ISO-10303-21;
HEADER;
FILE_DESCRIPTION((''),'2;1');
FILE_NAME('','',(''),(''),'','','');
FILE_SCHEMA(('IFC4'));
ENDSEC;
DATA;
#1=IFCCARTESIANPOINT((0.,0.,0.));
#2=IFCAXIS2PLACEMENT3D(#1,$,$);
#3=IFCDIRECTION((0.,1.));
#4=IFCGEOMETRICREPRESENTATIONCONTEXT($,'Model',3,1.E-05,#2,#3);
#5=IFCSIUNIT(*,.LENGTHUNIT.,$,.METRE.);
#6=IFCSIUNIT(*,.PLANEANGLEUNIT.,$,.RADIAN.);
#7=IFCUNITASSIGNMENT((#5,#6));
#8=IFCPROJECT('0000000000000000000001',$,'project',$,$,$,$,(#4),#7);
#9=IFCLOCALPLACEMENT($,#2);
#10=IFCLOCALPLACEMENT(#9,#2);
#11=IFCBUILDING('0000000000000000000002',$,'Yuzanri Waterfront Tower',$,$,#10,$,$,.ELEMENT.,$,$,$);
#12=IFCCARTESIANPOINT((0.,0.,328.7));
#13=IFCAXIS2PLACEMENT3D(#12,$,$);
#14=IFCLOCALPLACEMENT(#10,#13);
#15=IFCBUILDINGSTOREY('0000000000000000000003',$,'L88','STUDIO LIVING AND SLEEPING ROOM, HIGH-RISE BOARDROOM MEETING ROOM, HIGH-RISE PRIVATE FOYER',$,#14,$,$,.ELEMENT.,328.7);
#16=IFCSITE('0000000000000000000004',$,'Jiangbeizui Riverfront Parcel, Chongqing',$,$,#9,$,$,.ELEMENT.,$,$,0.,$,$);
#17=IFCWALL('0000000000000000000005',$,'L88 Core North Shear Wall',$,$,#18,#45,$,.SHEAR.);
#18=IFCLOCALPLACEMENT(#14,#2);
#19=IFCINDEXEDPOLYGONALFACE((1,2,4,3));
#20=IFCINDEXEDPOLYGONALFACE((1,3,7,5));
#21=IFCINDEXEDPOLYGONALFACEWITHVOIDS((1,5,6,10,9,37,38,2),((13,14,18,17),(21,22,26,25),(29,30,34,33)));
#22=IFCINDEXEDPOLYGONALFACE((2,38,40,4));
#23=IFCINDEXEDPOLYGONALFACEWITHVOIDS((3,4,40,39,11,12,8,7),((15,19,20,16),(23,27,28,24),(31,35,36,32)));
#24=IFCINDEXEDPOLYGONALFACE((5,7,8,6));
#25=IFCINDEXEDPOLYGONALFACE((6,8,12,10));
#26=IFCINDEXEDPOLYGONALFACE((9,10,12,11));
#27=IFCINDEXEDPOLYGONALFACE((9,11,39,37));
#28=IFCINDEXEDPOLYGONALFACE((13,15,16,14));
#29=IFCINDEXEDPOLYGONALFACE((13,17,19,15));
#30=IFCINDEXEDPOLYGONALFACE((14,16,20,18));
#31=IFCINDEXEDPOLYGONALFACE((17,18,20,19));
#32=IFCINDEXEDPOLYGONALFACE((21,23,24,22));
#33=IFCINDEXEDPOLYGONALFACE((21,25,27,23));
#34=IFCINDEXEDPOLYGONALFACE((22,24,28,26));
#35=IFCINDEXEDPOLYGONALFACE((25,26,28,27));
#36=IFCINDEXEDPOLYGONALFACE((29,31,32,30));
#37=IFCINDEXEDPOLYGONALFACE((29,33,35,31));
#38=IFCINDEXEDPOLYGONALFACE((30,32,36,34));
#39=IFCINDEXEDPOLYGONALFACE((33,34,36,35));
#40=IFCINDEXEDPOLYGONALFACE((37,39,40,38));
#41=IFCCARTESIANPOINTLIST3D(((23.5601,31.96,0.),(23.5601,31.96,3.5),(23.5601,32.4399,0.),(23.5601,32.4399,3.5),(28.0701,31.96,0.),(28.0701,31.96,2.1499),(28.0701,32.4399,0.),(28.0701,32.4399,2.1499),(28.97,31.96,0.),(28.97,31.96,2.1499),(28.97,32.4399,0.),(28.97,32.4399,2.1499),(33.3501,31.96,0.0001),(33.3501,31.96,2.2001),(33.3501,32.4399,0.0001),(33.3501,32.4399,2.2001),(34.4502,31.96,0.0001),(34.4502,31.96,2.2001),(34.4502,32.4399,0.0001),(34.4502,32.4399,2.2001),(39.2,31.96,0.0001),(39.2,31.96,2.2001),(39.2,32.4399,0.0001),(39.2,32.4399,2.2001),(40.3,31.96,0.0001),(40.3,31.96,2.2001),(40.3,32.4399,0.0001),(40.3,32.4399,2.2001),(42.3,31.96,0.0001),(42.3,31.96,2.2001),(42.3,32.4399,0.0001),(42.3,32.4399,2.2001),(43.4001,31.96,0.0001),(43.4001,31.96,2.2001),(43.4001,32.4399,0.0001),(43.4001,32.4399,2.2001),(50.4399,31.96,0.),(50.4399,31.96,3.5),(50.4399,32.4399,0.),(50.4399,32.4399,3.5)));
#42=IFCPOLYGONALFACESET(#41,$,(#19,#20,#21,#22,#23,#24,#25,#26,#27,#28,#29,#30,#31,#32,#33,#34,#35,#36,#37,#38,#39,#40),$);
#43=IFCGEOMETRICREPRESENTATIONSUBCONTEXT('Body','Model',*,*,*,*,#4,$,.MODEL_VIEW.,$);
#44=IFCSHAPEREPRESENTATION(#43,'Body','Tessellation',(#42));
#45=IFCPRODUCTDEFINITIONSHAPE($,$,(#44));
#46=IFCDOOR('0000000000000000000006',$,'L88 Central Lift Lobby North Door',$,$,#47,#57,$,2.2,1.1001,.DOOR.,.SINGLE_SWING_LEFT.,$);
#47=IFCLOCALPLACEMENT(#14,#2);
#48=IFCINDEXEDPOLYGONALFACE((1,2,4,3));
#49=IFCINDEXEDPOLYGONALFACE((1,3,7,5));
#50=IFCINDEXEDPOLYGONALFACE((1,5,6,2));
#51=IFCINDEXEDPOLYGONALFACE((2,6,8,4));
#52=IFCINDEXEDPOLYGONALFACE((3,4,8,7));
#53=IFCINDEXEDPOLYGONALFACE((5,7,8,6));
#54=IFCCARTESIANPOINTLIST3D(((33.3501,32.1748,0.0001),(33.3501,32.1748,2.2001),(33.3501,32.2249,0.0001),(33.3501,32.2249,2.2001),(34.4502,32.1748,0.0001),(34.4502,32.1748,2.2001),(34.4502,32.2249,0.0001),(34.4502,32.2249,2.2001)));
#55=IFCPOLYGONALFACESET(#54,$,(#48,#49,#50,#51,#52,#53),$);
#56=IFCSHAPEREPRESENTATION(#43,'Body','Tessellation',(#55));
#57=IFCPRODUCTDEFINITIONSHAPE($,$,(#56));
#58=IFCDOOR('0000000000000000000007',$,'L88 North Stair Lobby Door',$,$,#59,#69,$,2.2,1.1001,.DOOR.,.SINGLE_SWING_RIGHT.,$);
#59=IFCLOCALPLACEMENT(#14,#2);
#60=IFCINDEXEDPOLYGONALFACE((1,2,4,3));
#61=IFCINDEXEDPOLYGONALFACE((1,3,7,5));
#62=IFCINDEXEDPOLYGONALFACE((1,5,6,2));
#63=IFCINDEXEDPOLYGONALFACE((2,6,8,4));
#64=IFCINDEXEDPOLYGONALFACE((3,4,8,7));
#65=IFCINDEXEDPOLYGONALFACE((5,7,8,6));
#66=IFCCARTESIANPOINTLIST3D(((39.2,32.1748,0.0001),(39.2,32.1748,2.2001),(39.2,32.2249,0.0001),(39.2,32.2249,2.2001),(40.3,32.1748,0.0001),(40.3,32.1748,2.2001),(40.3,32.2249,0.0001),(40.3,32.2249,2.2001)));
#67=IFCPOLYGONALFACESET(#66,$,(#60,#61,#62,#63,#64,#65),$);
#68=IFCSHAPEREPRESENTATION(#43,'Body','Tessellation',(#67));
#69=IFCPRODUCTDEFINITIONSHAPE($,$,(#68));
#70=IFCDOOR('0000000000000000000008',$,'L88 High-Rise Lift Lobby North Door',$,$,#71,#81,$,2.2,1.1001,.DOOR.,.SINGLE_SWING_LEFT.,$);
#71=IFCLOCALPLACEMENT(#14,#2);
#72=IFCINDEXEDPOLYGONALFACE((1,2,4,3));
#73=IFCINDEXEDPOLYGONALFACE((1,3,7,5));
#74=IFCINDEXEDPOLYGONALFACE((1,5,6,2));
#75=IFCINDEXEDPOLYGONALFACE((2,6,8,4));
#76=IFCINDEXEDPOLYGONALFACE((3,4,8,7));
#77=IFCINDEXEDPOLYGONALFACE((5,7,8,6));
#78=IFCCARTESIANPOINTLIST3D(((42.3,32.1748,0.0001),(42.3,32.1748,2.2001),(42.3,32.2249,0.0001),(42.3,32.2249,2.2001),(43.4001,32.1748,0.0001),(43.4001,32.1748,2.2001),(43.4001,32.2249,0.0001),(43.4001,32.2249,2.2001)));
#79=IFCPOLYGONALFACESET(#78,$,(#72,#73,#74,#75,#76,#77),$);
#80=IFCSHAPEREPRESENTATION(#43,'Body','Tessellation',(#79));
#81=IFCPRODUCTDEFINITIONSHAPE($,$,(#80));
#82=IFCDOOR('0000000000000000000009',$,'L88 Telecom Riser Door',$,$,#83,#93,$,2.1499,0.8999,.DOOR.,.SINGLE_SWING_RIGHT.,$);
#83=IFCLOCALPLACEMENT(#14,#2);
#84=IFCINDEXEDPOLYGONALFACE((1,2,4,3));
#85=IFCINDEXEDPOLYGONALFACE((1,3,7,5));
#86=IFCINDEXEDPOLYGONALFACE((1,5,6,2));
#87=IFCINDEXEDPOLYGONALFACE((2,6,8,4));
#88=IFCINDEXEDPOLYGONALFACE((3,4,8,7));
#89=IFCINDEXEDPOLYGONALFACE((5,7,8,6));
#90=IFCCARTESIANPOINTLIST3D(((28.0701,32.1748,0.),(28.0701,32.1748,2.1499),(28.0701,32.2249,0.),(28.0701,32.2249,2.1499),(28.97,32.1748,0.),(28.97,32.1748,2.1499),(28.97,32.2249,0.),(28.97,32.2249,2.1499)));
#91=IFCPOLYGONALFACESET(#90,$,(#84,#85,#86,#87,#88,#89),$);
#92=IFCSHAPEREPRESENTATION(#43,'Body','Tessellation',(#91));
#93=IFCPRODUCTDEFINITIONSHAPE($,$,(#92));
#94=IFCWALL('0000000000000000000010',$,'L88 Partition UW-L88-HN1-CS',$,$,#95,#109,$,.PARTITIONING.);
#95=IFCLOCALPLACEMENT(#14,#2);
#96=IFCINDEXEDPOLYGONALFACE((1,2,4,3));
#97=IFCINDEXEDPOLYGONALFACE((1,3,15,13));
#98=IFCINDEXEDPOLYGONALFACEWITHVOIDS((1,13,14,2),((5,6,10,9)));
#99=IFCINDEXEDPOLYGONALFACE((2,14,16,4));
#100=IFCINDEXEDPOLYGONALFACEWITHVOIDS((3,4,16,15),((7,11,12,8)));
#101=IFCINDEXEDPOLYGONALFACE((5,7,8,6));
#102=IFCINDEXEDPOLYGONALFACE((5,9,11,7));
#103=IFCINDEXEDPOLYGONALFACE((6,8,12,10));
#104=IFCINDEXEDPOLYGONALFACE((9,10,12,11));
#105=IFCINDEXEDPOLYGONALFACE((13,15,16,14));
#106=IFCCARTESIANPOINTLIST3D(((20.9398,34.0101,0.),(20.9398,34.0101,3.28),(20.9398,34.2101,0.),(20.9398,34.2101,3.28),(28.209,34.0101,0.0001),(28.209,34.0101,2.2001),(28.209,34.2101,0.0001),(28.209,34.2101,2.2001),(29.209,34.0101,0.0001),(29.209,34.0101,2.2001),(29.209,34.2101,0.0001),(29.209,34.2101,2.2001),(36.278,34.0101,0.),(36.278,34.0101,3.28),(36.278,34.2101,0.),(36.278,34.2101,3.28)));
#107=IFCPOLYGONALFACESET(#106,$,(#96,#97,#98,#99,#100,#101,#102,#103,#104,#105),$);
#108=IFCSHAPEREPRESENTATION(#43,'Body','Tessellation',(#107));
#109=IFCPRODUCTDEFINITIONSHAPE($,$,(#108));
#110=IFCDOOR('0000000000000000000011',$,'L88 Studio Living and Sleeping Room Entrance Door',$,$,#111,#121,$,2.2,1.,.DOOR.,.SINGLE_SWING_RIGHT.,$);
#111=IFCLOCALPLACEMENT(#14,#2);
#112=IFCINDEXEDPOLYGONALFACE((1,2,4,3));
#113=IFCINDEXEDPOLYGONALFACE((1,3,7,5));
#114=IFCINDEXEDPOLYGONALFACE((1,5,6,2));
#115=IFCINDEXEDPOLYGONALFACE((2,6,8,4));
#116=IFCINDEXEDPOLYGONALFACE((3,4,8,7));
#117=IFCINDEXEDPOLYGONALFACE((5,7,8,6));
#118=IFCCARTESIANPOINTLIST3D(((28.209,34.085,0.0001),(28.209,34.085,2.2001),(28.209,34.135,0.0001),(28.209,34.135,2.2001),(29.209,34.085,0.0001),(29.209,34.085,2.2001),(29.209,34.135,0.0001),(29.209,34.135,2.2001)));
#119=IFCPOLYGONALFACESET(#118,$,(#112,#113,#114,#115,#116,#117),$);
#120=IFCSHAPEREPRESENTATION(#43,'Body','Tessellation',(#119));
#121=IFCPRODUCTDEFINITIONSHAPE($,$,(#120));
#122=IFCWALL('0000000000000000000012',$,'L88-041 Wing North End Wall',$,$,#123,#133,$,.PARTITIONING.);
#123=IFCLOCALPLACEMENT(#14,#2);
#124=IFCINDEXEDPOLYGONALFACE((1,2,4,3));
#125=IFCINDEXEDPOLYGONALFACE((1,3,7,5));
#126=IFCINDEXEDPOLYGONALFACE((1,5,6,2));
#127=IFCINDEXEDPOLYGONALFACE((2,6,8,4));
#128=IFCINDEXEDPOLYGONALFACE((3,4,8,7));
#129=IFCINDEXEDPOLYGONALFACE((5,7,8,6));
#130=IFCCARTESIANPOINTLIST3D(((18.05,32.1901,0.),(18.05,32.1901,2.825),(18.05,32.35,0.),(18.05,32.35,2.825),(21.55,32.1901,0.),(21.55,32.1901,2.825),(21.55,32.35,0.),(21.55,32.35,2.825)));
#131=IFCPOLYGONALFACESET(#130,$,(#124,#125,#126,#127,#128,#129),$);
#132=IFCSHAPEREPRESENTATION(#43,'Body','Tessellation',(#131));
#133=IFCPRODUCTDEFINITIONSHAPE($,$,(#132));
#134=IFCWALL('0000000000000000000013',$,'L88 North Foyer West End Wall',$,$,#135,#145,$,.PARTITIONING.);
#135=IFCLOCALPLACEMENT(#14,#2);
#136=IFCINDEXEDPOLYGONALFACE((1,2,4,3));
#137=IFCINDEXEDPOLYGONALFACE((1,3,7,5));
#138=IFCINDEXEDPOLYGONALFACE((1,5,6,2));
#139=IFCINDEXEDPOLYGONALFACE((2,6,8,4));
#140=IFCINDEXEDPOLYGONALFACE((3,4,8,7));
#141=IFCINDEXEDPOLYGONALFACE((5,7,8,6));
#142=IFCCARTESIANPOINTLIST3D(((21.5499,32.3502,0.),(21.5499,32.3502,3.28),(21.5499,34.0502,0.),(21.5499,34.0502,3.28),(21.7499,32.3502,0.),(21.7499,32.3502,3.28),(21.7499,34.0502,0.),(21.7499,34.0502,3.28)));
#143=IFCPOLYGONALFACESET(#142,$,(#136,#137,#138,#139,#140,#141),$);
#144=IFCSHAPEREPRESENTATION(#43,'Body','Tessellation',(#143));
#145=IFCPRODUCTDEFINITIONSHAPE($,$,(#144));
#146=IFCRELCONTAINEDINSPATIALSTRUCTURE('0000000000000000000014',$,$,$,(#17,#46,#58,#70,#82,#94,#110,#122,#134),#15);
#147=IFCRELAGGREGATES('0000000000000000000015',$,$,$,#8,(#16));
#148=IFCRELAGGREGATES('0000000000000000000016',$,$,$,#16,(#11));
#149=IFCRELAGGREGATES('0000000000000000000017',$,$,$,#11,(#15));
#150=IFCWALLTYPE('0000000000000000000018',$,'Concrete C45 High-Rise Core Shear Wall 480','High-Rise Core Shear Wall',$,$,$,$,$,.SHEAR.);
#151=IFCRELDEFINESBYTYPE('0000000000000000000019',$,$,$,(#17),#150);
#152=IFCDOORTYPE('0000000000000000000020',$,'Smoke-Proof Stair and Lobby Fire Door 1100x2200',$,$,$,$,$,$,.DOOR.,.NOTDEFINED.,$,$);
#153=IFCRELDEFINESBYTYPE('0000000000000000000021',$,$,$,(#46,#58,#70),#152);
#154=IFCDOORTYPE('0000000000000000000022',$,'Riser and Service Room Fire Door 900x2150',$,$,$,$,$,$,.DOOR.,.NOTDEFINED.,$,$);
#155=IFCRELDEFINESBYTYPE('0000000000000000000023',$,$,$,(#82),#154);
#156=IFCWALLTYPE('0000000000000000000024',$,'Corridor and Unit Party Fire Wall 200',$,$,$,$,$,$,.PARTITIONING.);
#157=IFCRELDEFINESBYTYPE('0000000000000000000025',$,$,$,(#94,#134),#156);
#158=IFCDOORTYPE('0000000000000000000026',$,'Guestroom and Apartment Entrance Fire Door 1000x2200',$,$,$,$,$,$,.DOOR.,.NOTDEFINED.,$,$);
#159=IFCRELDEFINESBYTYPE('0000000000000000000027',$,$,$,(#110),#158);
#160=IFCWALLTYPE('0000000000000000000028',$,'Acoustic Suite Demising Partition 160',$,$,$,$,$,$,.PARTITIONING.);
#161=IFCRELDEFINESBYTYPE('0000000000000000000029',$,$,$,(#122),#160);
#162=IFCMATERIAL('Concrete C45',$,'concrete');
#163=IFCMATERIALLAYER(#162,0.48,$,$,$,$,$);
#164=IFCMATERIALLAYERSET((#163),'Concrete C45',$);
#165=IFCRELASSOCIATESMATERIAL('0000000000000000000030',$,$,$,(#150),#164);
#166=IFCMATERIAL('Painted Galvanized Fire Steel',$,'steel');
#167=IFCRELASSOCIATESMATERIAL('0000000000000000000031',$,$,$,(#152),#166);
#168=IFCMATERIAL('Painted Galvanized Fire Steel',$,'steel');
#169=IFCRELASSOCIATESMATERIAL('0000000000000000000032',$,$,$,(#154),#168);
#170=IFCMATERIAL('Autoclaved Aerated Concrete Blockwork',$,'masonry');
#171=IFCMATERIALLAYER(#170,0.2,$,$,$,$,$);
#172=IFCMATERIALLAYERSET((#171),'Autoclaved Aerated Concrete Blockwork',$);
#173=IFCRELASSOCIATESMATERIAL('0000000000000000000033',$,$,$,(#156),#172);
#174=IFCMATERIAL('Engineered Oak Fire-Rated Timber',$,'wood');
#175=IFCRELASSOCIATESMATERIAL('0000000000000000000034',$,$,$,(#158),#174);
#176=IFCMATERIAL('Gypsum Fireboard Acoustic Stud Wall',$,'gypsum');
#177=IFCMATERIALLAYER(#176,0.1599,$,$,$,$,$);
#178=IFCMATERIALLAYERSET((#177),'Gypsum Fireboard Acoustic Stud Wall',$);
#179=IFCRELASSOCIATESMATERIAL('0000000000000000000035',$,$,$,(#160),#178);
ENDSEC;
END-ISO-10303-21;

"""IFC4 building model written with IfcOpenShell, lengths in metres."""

from ifc_helpers import new_model, si_unit, direction, frame, frame_2d, origin, place, context, subcontext, project, spatial, rectangle, extrude, source, transform, mapped, material, layer, layer_set, type_object, element, fill, save


model = new_model("IFC4")

# Units and contexts
model_context = context("Model", 3, precision=1e-05, world=origin(), true_north=direction((0.0, 1.0)))
body_context = subcontext(model_context, "Body", "Model", "MODEL_VIEW")
ifc_project = project(units=[si_unit("LENGTHUNIT", "METRE"), si_unit("PLANEANGLEUNIT", "RADIAN")], contexts=[model_context])

# Site, building, storey
site_placement = place(None, origin())
site = spatial("IfcSite", under=ifc_project, at=site_placement, Name="Jiangbeizui Riverfront Parcel, Chongqing", CompositionType="ELEMENT", RefElevation=0.0)
building_placement = place(site_placement, origin())
building = spatial("IfcBuilding", under=site, at=building_placement, Name="Yuzanri Waterfront Tower", CompositionType="ELEMENT")
storey_placement = place(building_placement, frame((0.0, 0.0, 328.7)))
storey = spatial("IfcBuildingStorey", under=building, at=storey_placement, Name="L88", Description="STUDIO LIVING AND SLEEPING ROOM, HIGH-RISE BOARDROOM MEETING ROOM, HIGH-RISE PRIVATE FOYER", CompositionType="ELEMENT", Elevation=328.7)

# Wall, openings, doors
ifc_material_1 = material(Name="Concrete C45", Category="concrete")
ifc_layer_1 = layer(ifc_material_1, 0.48)
ifc_layer_set_1 = layer_set([ifc_layer_1], Name="Concrete C45")
wall_type_1 = type_object("IfcWallType", Name="Concrete C45 High-Rise Core Shear Wall 480", Description="High-Rise Core Shear Wall", PredefinedType="SHEAR", material=ifc_layer_set_1)
wall_1_placement = place(storey_placement, frame((23.5601, 32.2, 0.0), z_axis=(0.0, 0.0, 1.0), x_axis=(1.0, 0.0, 0.0)))
wall_1 = element("IfcWall", 1, at=wall_1_placement, inside=storey, type_object=wall_type_1, Name="L88 Core North Shear Wall", PredefinedType="SHEAR", context=body_context, shape_type="SweptSolid", body=[
    extrude(rectangle(XDim=26.8799, YDim=0.48, at=frame_2d((13.4399, 0.0))), origin(), (0.0, 0.0, 1.0), 3.5),
])
opening_1_placement = place(wall_1_placement, frame((4.51, 0.0, 0.0)))
opening_1 = element("IfcOpeningElement", 2, at=opening_1_placement, cuts=wall_1, PredefinedType="OPENING", context=body_context, shape_type="SweptSolid", body=[
    extrude(rectangle(XDim=0.8999, YDim=2.1499, at=frame_2d((0.45, 1.075))), frame((0.0, 0.2549, 0.0), z_axis=(0.0, -1.0, 0.0), x_axis=(1.0, 0.0, 0.0)), (0.0, 0.0, 1.0), 0.5098),
])
opening_2_placement = place(wall_1_placement, frame((9.79, 0.0, 0.0)))
opening_2 = element("IfcOpeningElement", 3, at=opening_2_placement, cuts=wall_1, PredefinedType="OPENING", context=body_context, shape_type="SweptSolid", body=[
    extrude(rectangle(XDim=1.1001, YDim=2.2, at=frame_2d((0.55, 1.1001))), frame((0.0, 0.2549, 0.0), z_axis=(0.0, -1.0, 0.0), x_axis=(1.0, 0.0, 0.0)), (0.0, 0.0, 1.0), 0.5098),
])
opening_3_placement = place(wall_1_placement, frame((15.6399, 0.0, 0.0)))
opening_3 = element("IfcOpeningElement", 4, at=opening_3_placement, cuts=wall_1, PredefinedType="OPENING", context=body_context, shape_type="SweptSolid", body=[
    extrude(rectangle(XDim=1.1001, YDim=2.2, at=frame_2d((0.55, 1.1001))), frame((0.0, 0.2549, 0.0), z_axis=(0.0, -1.0, 0.0), x_axis=(1.0, 0.0, 0.0)), (0.0, 0.0, 1.0), 0.5098),
])
opening_4_placement = place(wall_1_placement, frame((18.74, 0.0, 0.0)))
opening_4 = element("IfcOpeningElement", 5, at=opening_4_placement, cuts=wall_1, PredefinedType="OPENING", context=body_context, shape_type="SweptSolid", body=[
    extrude(rectangle(XDim=1.1001, YDim=2.2, at=frame_2d((0.55, 1.1001))), frame((0.0, 0.2549, 0.0), z_axis=(0.0, -1.0, 0.0), x_axis=(1.0, 0.0, 0.0)), (0.0, 0.0, 1.0), 0.5098),
])
ifc_material_2 = material(Name="Painted Galvanized Fire Steel", Category="steel")
door_type_1 = type_object("IfcDoorType", Name="Smoke-Proof Stair and Lobby Fire Door 1100x2200", OperationType="NOTDEFINED", PredefinedType="DOOR", material=ifc_material_2)
shared_shape_1 = source(origin(), body_context, "Body", "SweptSolid", [
    extrude(rectangle(XDim=1.1001, YDim=2.2, at=frame_2d((0.55, 1.1001))), frame((0.0, 0.0249, 0.0), z_axis=(0.0, -1.0, 0.0), x_axis=(1.0, 0.0, 0.0)), (0.0, 0.0, 1.0), 0.05),
])
door_1_placement = place(opening_2_placement, origin())
door_1 = element("IfcDoor", 6, at=door_1_placement, inside=storey, type_object=door_type_1, Name="L88 Central Lift Lobby North Door", OperationType="SINGLE_SWING_LEFT", OverallHeight=2.2, OverallWidth=1.1001, PredefinedType="DOOR", context=body_context, shape_type="MappedRepresentation", body=[
    mapped(shared_shape_1, transform((0.0, 0.0, 0.0), scale=1.0)),
])
fill(opening_2, door_1)
door_2_placement = place(opening_3_placement, origin())
door_2 = element("IfcDoor", 7, at=door_2_placement, inside=storey, type_object=door_type_1, Name="L88 North Stair Lobby Door", OperationType="SINGLE_SWING_RIGHT", OverallHeight=2.2, OverallWidth=1.1001, PredefinedType="DOOR", context=body_context, shape_type="MappedRepresentation", body=[
    mapped(shared_shape_1, transform((0.0, 0.0, 0.0), scale=1.0)),
])
fill(opening_3, door_2)
door_3_placement = place(opening_4_placement, origin())
door_3 = element("IfcDoor", 8, at=door_3_placement, inside=storey, type_object=door_type_1, Name="L88 High-Rise Lift Lobby North Door", OperationType="SINGLE_SWING_LEFT", OverallHeight=2.2, OverallWidth=1.1001, PredefinedType="DOOR", context=body_context, shape_type="MappedRepresentation", body=[
    mapped(shared_shape_1, transform((0.0, 0.0, 0.0), scale=1.0)),
])
fill(opening_4, door_3)
ifc_material_3 = material(Name="Painted Galvanized Fire Steel", Category="steel")
door_type_2 = type_object("IfcDoorType", Name="Riser and Service Room Fire Door 900x2150", OperationType="NOTDEFINED", PredefinedType="DOOR", material=ifc_material_3)
shared_shape_2 = source(origin(), body_context, "Body", "SweptSolid", [
    extrude(rectangle(XDim=0.8999, YDim=2.1499, at=frame_2d((0.45, 1.075))), frame((0.0, 0.0249, 0.0), z_axis=(0.0, -1.0, 0.0), x_axis=(1.0, 0.0, 0.0)), (0.0, 0.0, 1.0), 0.05),
])
door_4_placement = place(opening_1_placement, origin())
door_4 = element("IfcDoor", 9, at=door_4_placement, inside=storey, type_object=door_type_2, Name="L88 Telecom Riser Door", OperationType="SINGLE_SWING_RIGHT", OverallHeight=2.1499, OverallWidth=0.8999, PredefinedType="DOOR", context=body_context, shape_type="MappedRepresentation", body=[
    mapped(shared_shape_2, transform((0.0, 0.0, 0.0), scale=1.0)),
])
fill(opening_1, door_4)

# Wall, opening, door
ifc_material_4 = material(Name="Autoclaved Aerated Concrete Blockwork", Category="masonry")
ifc_layer_2 = layer(ifc_material_4, 0.2)
ifc_layer_set_2 = layer_set([ifc_layer_2], Name="Autoclaved Aerated Concrete Blockwork")
wall_type_2 = type_object("IfcWallType", Name="Corridor and Unit Party Fire Wall 200", PredefinedType="PARTITIONING", material=ifc_layer_set_2)
wall_2_placement = place(storey_placement, frame((20.9399, 34.1101, 0.0), z_axis=(0.0, 0.0, 1.0), x_axis=(1.0, 0.0, 0.0)))
wall_2 = element("IfcWall", 10, at=wall_2_placement, inside=storey, type_object=wall_type_2, Name="L88 Partition UW-L88-HN1-CS", PredefinedType="PARTITIONING", context=body_context, shape_type="SweptSolid", body=[
    extrude(rectangle(XDim=15.3381, YDim=0.2, at=frame_2d((7.6689, 0.0))), origin(), (0.0, 0.0, 1.0), 3.28),
])
opening_5_placement = place(wall_2_placement, frame((7.269, 0.0, 0.0)))
opening_5 = element("IfcOpeningElement", 11, at=opening_5_placement, cuts=wall_2, PredefinedType="OPENING", context=body_context, shape_type="SweptSolid", body=[
    extrude(rectangle(XDim=1.0, YDim=2.2, at=frame_2d((0.5, 1.1001))), frame((0.0, 0.1147, 0.0), z_axis=(0.0, -1.0, 0.0), x_axis=(1.0, 0.0, 0.0)), (0.0, 0.0, 1.0), 0.2297),
])
ifc_material_5 = material(Name="Engineered Oak Fire-Rated Timber", Category="wood")
door_type_3 = type_object("IfcDoorType", Name="Guestroom and Apartment Entrance Fire Door 1000x2200", OperationType="NOTDEFINED", PredefinedType="DOOR", material=ifc_material_5)
shared_shape_3 = source(origin(), body_context, "Body", "SweptSolid", [
    extrude(rectangle(XDim=1.0, YDim=2.2, at=frame_2d((0.5, 1.1001))), frame((0.0, 0.0249, 0.0), z_axis=(0.0, -1.0, 0.0), x_axis=(1.0, 0.0, 0.0)), (0.0, 0.0, 1.0), 0.05),
])
door_5_placement = place(opening_5_placement, origin())
door_5 = element("IfcDoor", 12, at=door_5_placement, inside=storey, type_object=door_type_3, Name="L88 Studio Living and Sleeping Room Entrance Door", OperationType="SINGLE_SWING_RIGHT", OverallHeight=2.2, OverallWidth=1.0, PredefinedType="DOOR", context=body_context, shape_type="MappedRepresentation", body=[
    mapped(shared_shape_3, transform((0.0, 0.0, 0.0), scale=1.0)),
])
fill(opening_5, door_5)

# Walls
ifc_material_6 = material(Name="Gypsum Fireboard Acoustic Stud Wall", Category="gypsum")
ifc_layer_3 = layer(ifc_material_6, 0.1599)
ifc_layer_set_3 = layer_set([ifc_layer_3], Name="Gypsum Fireboard Acoustic Stud Wall")
wall_type_3 = type_object("IfcWallType", Name="Acoustic Suite Demising Partition 160", PredefinedType="PARTITIONING", material=ifc_layer_set_3)
shared_shape_4 = source(origin(), body_context, "Body", "SweptSolid", [
    extrude(rectangle(XDim=3.5, YDim=0.1599, at=frame_2d((1.75, 0.0))), origin(), (0.0, 0.0, 1.0), 2.825),
])
wall_3_placement = place(storey_placement, frame((18.05, 32.27, 0.0), z_axis=(0.0, 0.0, 1.0), x_axis=(1.0, 0.0, 0.0)))
element("IfcWall", 13, at=wall_3_placement, inside=storey, type_object=wall_type_3, Name="L88-041 Wing North End Wall", PredefinedType="PARTITIONING", context=body_context, shape_type="MappedRepresentation", body=[
    mapped(shared_shape_4, transform((0.0, 0.0, 0.0), scale=1.0)),
])
shared_shape_5 = source(origin(), body_context, "Body", "SweptSolid", [
    extrude(rectangle(XDim=1.7, YDim=0.2, at=frame_2d((0.8501, 0.0))), origin(), (0.0, 0.0, 1.0), 3.28),
])
wall_4_placement = place(storey_placement, frame((21.6499, 32.3501, 0.0), z_axis=(0.0, 0.0, 1.0), x_axis=(0.0, 1.0, 0.0)))
element("IfcWall", 14, at=wall_4_placement, inside=storey, type_object=wall_type_2, Name="L88 North Foyer West End Wall", PredefinedType="PARTITIONING", context=body_context, shape_type="MappedRepresentation", body=[
    mapped(shared_shape_5, transform((0.0, 0.0, 0.0), scale=1.0)),
])

save(model, "model.ifc")
